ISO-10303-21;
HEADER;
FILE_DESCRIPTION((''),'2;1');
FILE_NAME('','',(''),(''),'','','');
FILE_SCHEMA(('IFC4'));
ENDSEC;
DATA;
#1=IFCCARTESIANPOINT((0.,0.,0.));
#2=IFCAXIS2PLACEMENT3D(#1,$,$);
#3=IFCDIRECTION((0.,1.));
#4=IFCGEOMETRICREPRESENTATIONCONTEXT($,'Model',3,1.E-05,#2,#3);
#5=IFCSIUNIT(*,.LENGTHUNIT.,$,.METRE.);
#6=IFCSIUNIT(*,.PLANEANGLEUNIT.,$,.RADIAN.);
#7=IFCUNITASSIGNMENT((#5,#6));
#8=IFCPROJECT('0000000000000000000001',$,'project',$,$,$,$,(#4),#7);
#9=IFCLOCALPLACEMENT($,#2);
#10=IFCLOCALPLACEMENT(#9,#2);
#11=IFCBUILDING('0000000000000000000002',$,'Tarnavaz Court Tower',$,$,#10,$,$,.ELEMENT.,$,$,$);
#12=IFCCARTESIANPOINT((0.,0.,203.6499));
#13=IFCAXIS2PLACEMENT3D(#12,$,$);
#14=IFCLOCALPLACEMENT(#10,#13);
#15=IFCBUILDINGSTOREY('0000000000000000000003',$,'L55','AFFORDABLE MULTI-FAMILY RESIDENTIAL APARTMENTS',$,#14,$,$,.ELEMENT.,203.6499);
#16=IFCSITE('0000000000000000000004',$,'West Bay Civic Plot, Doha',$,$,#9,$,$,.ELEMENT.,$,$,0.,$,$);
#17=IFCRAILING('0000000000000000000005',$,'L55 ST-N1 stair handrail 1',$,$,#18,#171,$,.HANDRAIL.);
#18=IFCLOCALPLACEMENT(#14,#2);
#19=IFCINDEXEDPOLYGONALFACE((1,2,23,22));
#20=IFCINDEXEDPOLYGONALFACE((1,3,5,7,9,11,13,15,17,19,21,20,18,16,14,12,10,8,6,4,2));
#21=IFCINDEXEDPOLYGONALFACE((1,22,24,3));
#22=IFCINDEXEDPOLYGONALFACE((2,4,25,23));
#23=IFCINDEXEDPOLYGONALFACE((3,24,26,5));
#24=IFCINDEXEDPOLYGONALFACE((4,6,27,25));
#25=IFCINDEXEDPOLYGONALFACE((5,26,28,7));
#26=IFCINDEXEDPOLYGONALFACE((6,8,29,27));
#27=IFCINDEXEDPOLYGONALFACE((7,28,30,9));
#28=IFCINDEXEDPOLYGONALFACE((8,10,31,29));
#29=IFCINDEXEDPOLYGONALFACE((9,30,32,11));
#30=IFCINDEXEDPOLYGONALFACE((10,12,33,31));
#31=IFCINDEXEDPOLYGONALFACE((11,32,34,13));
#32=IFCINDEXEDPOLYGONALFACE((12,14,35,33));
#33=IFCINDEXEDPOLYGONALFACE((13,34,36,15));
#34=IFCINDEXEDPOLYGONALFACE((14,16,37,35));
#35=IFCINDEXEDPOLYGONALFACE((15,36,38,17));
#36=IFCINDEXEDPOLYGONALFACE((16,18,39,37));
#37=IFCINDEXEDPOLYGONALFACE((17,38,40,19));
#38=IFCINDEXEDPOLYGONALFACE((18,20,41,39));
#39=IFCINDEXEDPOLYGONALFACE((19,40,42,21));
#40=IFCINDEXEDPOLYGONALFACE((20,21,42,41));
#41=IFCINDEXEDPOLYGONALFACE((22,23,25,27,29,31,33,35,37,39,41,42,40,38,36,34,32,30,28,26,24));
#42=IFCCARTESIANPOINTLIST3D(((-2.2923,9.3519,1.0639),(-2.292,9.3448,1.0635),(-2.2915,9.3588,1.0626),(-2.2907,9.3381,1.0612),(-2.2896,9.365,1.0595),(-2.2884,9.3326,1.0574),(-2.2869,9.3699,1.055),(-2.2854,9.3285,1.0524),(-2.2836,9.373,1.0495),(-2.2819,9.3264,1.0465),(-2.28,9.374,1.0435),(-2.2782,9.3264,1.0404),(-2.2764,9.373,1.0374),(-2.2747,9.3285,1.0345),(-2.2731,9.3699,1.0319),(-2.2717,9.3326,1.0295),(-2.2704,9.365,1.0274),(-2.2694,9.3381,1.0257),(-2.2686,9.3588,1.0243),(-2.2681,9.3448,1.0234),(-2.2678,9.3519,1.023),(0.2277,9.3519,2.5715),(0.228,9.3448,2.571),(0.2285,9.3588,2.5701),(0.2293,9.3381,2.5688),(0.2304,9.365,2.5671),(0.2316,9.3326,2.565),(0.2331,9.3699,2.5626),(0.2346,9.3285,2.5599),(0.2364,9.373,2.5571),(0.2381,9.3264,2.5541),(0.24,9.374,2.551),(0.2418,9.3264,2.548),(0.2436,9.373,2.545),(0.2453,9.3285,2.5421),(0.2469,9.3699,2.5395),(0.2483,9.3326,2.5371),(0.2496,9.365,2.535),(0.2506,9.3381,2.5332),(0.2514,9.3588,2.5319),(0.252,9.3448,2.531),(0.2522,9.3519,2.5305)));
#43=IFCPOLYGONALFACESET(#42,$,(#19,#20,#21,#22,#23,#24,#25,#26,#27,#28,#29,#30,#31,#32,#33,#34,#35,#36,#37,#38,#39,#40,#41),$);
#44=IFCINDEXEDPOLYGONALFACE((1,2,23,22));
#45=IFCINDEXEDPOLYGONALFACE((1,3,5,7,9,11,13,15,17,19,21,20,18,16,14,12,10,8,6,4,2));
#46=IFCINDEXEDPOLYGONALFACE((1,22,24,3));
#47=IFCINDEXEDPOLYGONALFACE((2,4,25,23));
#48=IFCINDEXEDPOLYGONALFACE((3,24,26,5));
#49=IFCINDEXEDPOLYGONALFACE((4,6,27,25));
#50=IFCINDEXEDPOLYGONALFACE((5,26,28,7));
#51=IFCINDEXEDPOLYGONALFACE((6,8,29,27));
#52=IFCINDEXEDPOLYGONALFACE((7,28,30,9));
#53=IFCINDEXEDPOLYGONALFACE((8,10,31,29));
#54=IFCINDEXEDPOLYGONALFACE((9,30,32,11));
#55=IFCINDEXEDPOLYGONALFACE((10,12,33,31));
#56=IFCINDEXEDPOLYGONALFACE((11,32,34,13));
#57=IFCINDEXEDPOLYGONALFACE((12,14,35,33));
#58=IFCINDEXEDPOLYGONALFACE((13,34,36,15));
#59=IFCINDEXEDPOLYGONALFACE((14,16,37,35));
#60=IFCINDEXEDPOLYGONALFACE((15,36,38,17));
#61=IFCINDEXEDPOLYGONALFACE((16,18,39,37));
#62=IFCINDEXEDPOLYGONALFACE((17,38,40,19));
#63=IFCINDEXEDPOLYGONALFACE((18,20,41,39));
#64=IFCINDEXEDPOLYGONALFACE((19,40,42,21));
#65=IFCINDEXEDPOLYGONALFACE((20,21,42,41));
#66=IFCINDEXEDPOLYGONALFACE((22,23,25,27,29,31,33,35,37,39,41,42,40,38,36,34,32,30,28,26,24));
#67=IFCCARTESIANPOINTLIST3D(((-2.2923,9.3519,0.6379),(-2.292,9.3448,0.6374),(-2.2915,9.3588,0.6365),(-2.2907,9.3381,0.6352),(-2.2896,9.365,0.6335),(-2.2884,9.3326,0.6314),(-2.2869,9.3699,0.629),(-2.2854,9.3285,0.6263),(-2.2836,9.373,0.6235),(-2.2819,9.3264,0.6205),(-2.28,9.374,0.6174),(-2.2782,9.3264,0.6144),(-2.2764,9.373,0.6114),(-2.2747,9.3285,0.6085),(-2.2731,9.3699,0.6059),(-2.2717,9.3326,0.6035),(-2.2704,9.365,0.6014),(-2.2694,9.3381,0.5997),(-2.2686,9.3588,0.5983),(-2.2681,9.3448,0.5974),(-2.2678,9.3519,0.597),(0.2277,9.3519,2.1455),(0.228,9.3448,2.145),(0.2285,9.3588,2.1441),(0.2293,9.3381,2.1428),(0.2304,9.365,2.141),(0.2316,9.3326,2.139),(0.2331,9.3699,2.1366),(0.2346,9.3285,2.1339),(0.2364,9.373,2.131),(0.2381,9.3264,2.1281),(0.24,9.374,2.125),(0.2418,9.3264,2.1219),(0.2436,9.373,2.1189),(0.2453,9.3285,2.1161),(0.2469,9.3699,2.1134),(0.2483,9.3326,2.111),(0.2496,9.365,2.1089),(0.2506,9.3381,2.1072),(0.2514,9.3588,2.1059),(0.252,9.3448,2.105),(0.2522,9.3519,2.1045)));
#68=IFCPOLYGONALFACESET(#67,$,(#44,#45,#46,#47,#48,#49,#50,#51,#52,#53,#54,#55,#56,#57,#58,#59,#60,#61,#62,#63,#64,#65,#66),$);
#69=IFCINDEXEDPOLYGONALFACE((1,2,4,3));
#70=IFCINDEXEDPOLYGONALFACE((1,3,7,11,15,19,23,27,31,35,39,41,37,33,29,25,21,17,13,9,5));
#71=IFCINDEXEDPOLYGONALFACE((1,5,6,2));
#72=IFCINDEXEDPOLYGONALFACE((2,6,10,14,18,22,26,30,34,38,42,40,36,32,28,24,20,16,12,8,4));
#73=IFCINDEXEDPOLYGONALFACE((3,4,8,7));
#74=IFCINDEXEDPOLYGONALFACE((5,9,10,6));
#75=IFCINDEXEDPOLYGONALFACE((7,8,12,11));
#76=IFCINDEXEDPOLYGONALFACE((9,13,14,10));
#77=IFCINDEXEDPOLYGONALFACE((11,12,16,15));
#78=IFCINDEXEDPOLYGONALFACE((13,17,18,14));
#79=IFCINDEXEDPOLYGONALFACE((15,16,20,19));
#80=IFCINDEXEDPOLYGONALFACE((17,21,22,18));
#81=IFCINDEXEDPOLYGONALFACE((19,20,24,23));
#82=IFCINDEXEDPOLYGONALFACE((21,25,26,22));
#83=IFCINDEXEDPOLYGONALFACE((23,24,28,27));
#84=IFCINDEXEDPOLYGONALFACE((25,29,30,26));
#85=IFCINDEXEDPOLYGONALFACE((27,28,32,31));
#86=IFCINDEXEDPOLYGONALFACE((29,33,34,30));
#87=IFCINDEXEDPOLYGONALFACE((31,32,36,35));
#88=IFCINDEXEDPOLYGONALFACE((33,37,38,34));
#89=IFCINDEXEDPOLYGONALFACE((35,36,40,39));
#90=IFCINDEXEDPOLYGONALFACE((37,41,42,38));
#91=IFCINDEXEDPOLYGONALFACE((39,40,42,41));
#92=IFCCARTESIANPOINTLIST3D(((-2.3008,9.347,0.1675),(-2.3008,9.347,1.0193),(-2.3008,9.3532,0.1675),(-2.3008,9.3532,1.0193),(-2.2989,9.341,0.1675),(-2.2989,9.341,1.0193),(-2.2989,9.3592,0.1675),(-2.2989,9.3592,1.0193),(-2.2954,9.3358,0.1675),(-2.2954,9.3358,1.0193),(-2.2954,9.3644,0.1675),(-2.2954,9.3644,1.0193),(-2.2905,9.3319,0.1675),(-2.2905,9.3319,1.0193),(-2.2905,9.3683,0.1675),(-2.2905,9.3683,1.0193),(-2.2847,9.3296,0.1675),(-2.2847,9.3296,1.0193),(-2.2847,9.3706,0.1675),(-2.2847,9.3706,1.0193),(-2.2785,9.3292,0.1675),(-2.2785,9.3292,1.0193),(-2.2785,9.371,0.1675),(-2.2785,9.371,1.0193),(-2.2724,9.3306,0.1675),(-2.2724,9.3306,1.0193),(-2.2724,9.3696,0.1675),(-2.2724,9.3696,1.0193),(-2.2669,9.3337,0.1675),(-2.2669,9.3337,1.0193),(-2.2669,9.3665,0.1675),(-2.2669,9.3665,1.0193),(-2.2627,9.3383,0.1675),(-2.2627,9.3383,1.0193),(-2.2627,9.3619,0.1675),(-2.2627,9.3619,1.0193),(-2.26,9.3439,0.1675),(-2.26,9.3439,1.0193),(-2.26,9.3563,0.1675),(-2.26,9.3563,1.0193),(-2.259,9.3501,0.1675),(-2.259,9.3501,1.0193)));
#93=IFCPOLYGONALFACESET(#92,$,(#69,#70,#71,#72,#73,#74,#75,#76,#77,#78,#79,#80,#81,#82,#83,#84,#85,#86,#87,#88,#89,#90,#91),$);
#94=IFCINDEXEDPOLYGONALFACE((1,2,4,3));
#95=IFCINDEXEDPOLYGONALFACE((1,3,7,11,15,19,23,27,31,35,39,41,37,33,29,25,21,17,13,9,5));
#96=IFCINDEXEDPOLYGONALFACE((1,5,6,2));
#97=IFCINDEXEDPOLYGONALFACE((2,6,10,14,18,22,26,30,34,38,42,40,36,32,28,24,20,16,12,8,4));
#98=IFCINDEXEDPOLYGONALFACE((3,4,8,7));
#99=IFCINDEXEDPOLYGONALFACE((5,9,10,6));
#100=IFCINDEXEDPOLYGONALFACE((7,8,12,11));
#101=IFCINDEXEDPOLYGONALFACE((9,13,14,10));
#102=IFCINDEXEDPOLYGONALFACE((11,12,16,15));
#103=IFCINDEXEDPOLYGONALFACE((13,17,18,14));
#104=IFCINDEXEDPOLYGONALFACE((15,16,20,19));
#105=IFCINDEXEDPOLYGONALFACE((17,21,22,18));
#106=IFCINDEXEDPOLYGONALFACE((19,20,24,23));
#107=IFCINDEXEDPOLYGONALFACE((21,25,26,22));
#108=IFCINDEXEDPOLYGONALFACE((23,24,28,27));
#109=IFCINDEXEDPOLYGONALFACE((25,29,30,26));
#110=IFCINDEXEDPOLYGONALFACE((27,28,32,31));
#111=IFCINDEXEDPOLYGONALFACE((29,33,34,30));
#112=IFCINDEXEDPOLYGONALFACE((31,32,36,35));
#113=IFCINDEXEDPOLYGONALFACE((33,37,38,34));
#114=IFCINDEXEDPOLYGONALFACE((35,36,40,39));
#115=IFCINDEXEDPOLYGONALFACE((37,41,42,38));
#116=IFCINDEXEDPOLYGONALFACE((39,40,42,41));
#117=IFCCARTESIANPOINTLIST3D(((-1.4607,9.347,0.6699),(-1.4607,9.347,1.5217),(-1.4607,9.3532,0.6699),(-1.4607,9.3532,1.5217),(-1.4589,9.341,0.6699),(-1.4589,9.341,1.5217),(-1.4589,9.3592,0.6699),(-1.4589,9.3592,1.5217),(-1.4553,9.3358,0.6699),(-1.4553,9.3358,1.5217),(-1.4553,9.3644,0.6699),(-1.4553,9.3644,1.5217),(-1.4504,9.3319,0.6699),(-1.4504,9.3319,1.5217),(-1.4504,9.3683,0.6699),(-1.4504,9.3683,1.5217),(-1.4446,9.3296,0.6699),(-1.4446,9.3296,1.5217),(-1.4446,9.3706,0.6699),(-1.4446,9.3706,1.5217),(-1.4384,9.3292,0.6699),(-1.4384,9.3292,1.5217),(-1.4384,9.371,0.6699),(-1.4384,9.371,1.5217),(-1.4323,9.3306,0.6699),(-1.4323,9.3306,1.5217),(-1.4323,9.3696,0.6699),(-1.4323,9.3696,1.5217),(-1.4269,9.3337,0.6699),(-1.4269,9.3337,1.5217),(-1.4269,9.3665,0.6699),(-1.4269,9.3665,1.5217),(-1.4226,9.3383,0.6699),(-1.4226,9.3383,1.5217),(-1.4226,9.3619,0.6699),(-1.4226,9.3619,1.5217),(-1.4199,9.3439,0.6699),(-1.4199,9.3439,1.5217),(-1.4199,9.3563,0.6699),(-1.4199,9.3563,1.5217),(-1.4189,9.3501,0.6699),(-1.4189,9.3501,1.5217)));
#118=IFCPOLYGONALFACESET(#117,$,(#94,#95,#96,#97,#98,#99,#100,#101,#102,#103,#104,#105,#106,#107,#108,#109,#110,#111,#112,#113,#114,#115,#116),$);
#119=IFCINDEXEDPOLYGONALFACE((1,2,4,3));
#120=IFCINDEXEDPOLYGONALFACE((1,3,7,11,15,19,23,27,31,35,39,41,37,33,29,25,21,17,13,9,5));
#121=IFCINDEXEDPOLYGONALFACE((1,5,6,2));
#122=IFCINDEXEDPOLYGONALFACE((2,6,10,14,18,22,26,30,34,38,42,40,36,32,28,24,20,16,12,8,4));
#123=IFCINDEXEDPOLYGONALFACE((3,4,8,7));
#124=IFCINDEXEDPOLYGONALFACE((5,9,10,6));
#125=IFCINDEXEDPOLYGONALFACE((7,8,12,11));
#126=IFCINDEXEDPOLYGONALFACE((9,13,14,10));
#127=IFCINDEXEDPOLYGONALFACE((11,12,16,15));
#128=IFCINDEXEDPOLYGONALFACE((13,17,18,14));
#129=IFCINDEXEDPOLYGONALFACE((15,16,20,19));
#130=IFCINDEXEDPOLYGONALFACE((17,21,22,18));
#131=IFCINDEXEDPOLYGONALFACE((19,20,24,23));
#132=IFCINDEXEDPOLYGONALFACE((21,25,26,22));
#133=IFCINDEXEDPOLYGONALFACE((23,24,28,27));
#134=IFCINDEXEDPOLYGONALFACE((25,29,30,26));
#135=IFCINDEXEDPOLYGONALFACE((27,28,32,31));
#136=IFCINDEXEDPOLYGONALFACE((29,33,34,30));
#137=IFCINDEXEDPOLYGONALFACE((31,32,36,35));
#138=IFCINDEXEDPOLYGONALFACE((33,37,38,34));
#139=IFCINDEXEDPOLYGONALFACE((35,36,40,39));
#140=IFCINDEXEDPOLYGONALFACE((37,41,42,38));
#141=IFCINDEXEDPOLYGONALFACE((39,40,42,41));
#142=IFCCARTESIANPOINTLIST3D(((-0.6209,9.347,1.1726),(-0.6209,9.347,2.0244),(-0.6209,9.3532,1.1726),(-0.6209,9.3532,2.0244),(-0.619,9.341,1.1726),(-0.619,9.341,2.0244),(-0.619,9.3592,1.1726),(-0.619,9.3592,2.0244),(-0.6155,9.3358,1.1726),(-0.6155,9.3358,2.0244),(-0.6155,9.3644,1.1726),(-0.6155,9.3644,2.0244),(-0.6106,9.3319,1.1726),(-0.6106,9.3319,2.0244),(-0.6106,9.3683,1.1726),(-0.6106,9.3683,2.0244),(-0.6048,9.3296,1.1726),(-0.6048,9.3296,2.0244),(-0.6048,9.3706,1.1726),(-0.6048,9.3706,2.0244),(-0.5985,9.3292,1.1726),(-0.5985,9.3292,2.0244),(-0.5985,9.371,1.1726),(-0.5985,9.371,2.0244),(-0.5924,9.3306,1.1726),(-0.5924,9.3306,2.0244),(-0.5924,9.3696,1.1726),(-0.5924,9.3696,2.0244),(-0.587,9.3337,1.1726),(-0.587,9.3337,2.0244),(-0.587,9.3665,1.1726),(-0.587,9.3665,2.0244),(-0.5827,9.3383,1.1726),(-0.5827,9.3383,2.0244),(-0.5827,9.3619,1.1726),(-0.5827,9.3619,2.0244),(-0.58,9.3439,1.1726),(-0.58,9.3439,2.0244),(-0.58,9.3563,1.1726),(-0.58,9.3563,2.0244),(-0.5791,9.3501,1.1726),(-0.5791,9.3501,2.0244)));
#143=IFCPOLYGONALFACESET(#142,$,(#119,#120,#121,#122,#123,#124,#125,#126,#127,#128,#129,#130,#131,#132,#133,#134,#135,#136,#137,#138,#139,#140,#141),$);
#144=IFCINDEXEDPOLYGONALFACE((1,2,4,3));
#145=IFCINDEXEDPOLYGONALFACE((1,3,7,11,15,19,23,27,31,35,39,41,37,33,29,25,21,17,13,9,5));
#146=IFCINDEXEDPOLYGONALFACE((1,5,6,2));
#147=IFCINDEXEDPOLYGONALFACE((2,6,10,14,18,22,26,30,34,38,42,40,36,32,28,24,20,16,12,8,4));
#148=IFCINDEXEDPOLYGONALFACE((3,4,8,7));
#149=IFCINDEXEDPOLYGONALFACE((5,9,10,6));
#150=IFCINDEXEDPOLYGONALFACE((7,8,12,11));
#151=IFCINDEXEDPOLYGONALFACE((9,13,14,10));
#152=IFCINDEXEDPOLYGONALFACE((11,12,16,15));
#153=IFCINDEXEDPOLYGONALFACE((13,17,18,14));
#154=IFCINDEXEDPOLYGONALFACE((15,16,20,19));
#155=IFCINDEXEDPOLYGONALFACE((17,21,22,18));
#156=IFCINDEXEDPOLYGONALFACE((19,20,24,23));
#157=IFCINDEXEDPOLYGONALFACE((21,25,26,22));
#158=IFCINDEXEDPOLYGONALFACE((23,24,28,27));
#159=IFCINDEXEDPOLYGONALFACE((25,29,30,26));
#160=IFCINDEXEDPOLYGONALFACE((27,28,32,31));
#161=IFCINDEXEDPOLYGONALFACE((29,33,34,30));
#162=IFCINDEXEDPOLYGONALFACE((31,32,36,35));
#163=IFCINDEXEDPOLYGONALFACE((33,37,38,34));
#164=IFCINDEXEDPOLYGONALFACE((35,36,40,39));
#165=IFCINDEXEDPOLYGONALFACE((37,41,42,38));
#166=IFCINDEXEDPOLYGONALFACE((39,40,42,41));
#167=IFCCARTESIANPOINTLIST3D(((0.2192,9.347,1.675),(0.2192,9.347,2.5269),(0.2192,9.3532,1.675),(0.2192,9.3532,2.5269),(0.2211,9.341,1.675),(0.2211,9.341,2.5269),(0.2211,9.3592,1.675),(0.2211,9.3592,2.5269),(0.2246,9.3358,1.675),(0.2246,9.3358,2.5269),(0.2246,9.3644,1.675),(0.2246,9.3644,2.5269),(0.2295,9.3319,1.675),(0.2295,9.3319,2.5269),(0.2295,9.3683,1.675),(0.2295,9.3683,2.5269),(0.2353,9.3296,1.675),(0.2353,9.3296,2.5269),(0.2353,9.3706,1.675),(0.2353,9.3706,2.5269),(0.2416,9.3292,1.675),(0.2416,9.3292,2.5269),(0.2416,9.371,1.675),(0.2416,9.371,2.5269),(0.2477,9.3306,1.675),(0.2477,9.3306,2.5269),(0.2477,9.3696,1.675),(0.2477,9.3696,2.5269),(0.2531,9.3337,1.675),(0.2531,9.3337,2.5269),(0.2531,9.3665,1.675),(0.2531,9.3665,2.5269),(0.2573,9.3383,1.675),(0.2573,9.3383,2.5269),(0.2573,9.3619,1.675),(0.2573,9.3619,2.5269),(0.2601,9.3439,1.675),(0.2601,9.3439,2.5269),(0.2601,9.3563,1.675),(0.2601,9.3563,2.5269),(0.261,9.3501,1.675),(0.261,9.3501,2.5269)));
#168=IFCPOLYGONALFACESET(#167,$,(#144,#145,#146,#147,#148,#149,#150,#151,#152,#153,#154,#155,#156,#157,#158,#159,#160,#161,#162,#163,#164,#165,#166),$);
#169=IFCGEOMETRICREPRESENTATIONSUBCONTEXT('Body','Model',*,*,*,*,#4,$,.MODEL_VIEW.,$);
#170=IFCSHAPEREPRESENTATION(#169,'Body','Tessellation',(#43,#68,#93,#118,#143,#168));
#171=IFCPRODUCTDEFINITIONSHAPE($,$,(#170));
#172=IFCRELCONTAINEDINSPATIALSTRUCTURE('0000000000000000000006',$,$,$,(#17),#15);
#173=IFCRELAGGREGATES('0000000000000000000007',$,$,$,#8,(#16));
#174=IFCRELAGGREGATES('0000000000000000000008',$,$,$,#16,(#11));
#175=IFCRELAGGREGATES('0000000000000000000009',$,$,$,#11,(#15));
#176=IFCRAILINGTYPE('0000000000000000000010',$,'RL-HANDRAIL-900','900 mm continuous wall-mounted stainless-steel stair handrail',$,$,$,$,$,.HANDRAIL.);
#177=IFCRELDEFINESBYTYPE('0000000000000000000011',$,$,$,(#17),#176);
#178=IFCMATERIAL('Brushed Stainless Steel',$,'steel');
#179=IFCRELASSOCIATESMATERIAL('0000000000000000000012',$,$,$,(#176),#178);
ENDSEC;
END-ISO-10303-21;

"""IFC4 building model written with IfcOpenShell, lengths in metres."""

from ifc_helpers import new_model, si_unit, direction, frame, origin, origin_2d, place, context, subcontext, project, spatial, circle, extrude, material, type_object, element, save


model = new_model("IFC4")

# Units and contexts
model_context = context("Model", 3, precision=1e-05, world=origin(), true_north=direction((0.0, 1.0)))
body_context = subcontext(model_context, "Body", "Model", "MODEL_VIEW")
ifc_project = project(units=[si_unit("LENGTHUNIT", "METRE"), si_unit("PLANEANGLEUNIT", "RADIAN")], contexts=[model_context])

# Site, building, storey
site_placement = place(None, origin())
site = spatial("IfcSite", under=ifc_project, at=site_placement, Name="West Bay Civic Plot, Doha", CompositionType="ELEMENT", RefElevation=0.0)
building_placement = place(site_placement, origin())
building = spatial("IfcBuilding", under=site, at=building_placement, Name="Tarnavaz Court Tower", CompositionType="ELEMENT")
storey_placement = place(building_placement, frame((0.0, 0.0, 203.6499)))
storey = spatial("IfcBuildingStorey", under=building, at=storey_placement, Name="L55", Description="AFFORDABLE MULTI-FAMILY RESIDENTIAL APARTMENTS", CompositionType="ELEMENT", Elevation=203.6499)

# Railing
ifc_material_1 = material(Name="Brushed Stainless Steel", Category="steel")
railing_type_1 = type_object("IfcRailingType", Name="RL-HANDRAIL-900", Description="900 mm continuous wall-mounted stainless-steel stair handrail", PredefinedType="HANDRAIL", material=ifc_material_1)
railing_1_placement = place(storey_placement, frame((-2.28, 9.3501, 0.1675)))
element("IfcRailing", 1, at=railing_1_placement, inside=storey, type_object=railing_type_1, Name="L55 ST-N1 stair handrail 1", PredefinedType="HANDRAIL", context=body_context, shape_type="SweptSolid", body=[
    extrude(circle(Radius=0.0239, at=origin_2d()), frame((0.0, 0.0, 0.876), z_axis=(0.85816, 0.0, 0.513383), x_axis=(0.0, 1.0, 0.0)), (0.0, 0.0, 1.0), 2.9365),
    extrude(circle(Radius=0.0239, at=origin_2d()), frame((0.0, 0.0, 0.45), z_axis=(0.85816, 0.0, 0.513383), x_axis=(0.0, 1.0, 0.0)), (0.0, 0.0, 1.0), 2.9365),
    extrude(circle(Radius=0.021, at=origin_2d()), origin(), (0.0, 0.0, 1.0), 0.8518),
    extrude(circle(Radius=0.021, at=origin_2d()), frame((0.8401, 0.0, 0.5024)), (0.0, 0.0, 1.0), 0.8518),
    extrude(circle(Radius=0.021, at=origin_2d()), frame((1.6799, 0.0, 1.0051)), (0.0, 0.0, 1.0), 0.8518),
    extrude(circle(Radius=0.021, at=origin_2d()), frame((2.52, 0.0, 1.5076)), (0.0, 0.0, 1.0), 0.8518),
])

save(model, "model.ifc")
